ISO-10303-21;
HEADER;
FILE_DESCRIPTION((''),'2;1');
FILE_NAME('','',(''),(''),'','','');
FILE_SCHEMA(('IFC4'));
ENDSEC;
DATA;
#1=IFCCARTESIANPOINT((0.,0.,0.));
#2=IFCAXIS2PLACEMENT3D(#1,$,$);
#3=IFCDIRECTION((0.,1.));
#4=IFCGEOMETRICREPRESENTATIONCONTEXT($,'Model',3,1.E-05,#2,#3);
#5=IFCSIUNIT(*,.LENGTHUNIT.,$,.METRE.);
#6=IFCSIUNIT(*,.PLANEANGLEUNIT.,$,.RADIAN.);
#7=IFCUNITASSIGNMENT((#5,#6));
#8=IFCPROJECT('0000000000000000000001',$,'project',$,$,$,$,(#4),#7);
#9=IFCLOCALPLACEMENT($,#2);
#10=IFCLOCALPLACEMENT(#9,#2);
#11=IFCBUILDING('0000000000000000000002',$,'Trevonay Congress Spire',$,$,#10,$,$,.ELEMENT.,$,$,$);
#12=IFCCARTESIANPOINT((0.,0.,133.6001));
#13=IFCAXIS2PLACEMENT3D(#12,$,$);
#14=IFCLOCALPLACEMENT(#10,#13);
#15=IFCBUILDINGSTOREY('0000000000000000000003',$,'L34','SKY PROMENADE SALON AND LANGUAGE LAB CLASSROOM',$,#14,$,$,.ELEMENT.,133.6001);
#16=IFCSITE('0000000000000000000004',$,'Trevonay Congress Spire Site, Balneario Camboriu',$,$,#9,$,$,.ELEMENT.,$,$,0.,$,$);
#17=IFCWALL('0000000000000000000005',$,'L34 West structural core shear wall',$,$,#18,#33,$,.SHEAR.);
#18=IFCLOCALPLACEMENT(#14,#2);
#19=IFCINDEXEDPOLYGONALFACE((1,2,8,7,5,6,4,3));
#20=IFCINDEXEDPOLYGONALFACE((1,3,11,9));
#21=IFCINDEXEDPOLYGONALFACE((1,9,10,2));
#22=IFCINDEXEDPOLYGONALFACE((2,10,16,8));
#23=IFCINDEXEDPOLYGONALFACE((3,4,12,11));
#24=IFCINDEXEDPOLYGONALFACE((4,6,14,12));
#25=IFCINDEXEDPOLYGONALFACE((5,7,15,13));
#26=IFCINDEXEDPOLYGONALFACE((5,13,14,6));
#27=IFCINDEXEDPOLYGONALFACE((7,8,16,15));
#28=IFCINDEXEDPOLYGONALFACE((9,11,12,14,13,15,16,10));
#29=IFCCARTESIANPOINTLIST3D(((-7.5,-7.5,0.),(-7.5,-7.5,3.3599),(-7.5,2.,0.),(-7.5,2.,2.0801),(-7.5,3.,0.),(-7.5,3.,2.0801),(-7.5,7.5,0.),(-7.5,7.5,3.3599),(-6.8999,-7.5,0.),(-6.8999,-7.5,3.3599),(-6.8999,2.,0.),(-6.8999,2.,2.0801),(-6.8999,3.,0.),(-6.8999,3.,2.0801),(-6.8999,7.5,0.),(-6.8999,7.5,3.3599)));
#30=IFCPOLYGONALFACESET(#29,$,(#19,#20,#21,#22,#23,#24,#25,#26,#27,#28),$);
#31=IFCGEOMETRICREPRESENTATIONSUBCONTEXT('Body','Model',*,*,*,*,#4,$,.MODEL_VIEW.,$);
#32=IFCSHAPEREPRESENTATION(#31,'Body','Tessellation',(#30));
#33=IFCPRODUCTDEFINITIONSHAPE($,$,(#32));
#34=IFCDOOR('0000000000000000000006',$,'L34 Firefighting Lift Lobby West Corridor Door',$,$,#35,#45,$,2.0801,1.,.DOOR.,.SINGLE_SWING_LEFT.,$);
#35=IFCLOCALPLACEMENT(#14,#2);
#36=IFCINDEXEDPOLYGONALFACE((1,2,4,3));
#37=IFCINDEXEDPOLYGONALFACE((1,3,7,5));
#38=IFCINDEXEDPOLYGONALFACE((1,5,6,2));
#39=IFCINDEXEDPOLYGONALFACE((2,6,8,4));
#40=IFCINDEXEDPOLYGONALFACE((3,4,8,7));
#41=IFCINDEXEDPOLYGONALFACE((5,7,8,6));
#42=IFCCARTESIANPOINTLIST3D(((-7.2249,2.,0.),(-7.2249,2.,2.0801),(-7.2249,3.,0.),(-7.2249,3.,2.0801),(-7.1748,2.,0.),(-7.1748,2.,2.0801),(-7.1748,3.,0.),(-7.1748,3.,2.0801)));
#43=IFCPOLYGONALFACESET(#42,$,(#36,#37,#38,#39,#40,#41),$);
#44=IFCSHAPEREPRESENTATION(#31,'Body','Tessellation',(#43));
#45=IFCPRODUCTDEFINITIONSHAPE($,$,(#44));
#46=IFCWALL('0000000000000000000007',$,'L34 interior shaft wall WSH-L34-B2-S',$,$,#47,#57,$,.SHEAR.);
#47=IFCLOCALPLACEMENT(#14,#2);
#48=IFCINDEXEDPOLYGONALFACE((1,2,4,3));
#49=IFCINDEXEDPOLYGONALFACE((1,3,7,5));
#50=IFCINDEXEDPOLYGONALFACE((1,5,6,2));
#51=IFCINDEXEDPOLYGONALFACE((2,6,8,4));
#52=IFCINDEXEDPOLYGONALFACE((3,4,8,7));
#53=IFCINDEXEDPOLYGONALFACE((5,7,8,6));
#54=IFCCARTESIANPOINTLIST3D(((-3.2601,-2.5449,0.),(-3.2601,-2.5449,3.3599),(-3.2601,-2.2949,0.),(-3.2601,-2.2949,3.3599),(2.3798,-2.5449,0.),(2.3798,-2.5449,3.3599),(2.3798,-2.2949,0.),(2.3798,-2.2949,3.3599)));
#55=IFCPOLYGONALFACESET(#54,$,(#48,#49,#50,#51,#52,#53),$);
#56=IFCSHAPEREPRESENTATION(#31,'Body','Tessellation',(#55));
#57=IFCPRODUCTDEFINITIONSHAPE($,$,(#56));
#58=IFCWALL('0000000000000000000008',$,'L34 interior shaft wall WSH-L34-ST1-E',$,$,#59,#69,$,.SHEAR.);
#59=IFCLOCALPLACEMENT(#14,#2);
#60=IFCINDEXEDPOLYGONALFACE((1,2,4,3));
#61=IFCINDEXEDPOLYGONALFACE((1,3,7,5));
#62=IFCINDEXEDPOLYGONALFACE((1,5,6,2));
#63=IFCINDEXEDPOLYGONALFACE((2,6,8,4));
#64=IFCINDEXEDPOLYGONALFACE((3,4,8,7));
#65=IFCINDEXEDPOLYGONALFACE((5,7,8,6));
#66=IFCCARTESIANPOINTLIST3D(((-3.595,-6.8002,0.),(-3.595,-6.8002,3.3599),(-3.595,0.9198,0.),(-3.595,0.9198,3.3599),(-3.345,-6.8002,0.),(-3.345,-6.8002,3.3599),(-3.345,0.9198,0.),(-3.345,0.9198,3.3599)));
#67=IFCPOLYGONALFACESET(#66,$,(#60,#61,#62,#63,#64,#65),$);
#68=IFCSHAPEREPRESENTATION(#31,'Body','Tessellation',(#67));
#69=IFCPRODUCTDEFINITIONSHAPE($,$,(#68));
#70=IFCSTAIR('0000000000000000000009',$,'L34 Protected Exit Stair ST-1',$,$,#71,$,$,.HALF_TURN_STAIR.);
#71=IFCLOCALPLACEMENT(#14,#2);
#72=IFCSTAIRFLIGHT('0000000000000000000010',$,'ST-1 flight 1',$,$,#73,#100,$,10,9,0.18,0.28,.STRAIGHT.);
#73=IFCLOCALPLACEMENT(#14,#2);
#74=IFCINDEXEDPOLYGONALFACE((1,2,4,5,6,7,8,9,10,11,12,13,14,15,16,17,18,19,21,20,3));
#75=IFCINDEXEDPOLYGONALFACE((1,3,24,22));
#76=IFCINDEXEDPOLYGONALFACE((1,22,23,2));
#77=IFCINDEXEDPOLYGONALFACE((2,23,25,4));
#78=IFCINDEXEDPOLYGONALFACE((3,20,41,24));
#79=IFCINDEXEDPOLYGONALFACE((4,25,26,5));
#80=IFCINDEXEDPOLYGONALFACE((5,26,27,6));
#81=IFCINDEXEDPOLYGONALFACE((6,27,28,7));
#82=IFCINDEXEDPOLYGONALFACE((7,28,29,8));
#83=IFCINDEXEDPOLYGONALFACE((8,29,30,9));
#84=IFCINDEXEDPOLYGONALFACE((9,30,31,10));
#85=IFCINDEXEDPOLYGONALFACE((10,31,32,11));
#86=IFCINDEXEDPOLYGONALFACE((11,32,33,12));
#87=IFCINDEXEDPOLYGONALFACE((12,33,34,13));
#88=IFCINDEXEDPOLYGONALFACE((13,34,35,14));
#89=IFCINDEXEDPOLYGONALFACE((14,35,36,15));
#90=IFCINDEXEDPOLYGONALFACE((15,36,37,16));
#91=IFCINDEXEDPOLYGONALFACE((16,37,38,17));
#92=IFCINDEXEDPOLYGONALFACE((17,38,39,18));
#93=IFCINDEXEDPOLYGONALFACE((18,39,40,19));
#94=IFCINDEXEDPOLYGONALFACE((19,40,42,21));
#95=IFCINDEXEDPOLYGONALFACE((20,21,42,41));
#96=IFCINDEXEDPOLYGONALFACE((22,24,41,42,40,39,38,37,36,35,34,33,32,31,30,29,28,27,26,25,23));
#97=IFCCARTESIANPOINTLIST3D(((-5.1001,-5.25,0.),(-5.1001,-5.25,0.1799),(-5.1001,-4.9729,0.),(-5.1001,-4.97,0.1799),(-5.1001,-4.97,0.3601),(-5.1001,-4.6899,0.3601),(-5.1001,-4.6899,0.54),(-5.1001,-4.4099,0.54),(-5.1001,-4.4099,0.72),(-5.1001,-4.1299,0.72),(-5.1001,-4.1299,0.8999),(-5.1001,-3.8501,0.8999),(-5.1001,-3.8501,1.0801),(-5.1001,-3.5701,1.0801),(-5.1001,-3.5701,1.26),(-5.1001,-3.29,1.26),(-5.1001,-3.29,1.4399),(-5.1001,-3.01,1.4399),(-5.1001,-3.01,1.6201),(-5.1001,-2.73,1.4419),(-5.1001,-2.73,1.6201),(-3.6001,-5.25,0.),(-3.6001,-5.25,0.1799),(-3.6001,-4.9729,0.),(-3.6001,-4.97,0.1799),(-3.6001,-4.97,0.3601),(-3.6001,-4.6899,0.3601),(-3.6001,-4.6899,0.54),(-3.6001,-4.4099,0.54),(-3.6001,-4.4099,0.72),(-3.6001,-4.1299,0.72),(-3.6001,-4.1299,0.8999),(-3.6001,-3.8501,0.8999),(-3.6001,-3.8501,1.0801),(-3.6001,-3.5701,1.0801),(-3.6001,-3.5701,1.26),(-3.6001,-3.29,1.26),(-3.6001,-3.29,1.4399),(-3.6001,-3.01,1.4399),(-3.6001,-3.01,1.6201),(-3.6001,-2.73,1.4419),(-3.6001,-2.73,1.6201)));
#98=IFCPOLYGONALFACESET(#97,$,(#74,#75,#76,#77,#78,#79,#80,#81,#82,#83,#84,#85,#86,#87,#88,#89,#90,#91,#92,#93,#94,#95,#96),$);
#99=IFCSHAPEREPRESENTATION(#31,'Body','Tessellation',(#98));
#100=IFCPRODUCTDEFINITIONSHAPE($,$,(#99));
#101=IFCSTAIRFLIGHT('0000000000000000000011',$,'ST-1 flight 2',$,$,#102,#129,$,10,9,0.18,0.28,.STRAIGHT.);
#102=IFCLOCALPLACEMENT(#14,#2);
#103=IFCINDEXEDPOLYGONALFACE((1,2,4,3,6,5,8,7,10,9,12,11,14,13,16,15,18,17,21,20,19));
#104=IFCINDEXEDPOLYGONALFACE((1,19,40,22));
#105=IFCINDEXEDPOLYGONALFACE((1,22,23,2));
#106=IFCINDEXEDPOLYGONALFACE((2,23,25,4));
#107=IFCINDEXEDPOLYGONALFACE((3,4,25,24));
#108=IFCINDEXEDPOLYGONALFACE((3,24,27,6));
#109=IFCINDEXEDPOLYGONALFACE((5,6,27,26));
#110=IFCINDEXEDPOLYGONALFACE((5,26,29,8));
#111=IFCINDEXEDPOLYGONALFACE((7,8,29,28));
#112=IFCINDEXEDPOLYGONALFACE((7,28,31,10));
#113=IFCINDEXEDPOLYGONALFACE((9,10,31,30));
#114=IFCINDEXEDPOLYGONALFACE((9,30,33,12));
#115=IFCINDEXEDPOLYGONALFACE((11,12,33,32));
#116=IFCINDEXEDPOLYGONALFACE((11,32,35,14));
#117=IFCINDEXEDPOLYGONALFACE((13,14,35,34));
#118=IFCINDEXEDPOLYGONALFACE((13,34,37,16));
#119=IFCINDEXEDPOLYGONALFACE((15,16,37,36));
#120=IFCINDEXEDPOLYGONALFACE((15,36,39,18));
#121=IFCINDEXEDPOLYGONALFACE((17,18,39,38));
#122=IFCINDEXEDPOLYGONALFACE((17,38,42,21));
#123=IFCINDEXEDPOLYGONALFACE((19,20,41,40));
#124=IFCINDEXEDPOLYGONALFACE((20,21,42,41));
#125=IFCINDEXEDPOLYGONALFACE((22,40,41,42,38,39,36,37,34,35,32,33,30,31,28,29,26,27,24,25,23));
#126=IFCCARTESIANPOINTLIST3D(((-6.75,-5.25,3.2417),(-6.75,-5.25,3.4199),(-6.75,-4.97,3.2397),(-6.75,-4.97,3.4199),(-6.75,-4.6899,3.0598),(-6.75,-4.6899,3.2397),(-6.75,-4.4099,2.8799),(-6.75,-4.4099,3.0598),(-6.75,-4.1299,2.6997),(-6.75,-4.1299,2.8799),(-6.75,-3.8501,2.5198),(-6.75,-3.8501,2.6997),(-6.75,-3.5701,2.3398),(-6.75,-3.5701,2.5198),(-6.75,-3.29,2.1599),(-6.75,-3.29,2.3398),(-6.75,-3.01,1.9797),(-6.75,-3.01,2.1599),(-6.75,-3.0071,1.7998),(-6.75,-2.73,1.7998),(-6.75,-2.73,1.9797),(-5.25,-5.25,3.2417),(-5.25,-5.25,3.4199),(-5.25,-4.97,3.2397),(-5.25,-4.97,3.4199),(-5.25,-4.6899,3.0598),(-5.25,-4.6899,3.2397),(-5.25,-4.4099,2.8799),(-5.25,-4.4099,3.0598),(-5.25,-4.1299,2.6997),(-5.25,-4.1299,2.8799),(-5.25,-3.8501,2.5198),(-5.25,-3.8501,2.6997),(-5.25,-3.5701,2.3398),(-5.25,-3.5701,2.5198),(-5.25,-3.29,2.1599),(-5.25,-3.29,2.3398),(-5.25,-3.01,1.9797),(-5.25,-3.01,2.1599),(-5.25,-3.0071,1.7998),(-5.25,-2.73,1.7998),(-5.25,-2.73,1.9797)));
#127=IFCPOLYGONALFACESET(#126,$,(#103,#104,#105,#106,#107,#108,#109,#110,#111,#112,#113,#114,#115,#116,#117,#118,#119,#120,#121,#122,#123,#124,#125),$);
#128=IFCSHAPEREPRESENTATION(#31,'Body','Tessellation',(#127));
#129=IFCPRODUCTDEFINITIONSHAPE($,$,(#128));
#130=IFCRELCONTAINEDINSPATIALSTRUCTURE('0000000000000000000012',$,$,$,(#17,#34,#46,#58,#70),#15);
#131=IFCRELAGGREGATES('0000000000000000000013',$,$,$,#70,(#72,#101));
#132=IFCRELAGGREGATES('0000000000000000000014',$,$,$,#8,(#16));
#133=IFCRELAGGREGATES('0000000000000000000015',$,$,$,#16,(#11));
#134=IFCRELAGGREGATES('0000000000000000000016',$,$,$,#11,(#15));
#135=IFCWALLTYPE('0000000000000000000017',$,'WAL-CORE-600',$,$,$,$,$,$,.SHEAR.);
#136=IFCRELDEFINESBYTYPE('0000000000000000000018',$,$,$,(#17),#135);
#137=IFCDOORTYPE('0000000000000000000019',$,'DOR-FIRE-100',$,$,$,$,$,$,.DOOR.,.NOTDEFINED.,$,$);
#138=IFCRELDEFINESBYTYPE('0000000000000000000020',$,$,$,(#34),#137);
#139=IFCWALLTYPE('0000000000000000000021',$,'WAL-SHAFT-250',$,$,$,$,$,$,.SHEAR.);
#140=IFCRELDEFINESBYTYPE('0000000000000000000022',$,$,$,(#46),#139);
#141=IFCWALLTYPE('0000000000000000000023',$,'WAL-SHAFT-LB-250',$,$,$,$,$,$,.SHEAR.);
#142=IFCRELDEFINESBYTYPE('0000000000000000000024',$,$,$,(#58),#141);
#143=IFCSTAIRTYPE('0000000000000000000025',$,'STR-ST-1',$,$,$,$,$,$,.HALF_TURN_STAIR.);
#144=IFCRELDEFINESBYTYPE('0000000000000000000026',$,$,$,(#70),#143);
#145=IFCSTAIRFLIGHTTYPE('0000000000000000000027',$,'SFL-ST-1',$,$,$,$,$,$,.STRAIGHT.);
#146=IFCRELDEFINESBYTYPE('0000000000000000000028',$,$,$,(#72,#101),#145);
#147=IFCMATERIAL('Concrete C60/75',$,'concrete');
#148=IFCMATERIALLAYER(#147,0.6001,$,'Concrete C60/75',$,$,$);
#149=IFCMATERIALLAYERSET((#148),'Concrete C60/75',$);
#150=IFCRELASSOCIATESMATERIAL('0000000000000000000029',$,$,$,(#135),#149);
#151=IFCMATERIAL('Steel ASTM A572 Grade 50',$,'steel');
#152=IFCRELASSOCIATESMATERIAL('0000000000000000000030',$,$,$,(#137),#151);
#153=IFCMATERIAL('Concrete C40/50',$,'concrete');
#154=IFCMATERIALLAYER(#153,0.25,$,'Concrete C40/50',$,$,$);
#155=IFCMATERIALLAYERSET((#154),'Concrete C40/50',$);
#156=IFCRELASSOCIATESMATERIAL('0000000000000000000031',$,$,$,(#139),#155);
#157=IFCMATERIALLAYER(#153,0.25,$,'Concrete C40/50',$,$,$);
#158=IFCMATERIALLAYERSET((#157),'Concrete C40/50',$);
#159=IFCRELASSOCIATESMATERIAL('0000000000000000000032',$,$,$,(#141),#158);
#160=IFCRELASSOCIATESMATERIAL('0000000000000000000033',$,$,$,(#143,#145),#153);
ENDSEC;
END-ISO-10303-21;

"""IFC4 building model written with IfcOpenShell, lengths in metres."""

from ifc_helpers import new_model, si_unit, direction, frame, frame_2d, origin, place, context, subcontext, project, spatial, polyline, rectangle, outline, extrude, material, layer, layer_set, type_object, element, fill, aggregate, save


model = new_model("IFC4")

# Units and contexts
model_context = context("Model", 3, precision=1e-05, world=origin(), true_north=direction((0.0, 1.0)))
body_context = subcontext(model_context, "Body", "Model", "MODEL_VIEW")
ifc_project = project(units=[si_unit("LENGTHUNIT", "METRE"), si_unit("PLANEANGLEUNIT", "RADIAN")], contexts=[model_context])

# Site, building, storey
site_placement = place(None, origin())
site = spatial("IfcSite", under=ifc_project, at=site_placement, Name="Trevonay Congress Spire Site, Balneario Camboriu", CompositionType="ELEMENT", RefElevation=0.0)
building_placement = place(site_placement, origin())
building = spatial("IfcBuilding", under=site, at=building_placement, Name="Trevonay Congress Spire", CompositionType="ELEMENT")
storey_placement = place(building_placement, frame((0.0, 0.0, 133.6001)))
storey = spatial("IfcBuildingStorey", under=building, at=storey_placement, Name="L34", Description="SKY PROMENADE SALON AND LANGUAGE LAB CLASSROOM", CompositionType="ELEMENT", Elevation=133.6001)

# Shared definitions
ifc_material_1 = material(Name="Steel ASTM A572 Grade 50", Category="steel")

# Shared definitions
ifc_material_2 = material(Name="Concrete C40/50", Category="concrete")

# Wall, opening, door
ifc_material_3 = material(Name="Concrete C60/75", Category="concrete")
ifc_layer_1 = layer(ifc_material_3, 0.6001, Name="Concrete C60/75")
ifc_layer_set_1 = layer_set([ifc_layer_1], Name="Concrete C60/75")
wall_type_1 = type_object("IfcWallType", Name="WAL-CORE-600", PredefinedType="SHEAR", material=ifc_layer_set_1)
wall_1_placement = place(storey_placement, frame((-7.2, -7.5, 0.0), z_axis=(0.0, 0.0, 1.0), x_axis=(0.0, 1.0, 0.0)))
wall_1 = element("IfcWall", 1, at=wall_1_placement, inside=storey, type_object=wall_type_1, Name="L34 West structural core shear wall", PredefinedType="SHEAR", context=body_context, shape_type="SweptSolid", body=[
    extrude(rectangle(XDim=15.0, YDim=0.6001, at=frame_2d((7.5, 0.0))), origin(), (0.0, 0.0, 1.0), 3.3599),
])
opening_placement = place(wall_1_placement, frame((9.5, 0.0, 0.0)))
opening = element("IfcOpeningElement", 2, at=opening_placement, cuts=wall_1, PredefinedType="OPENING", context=body_context, shape_type="SweptSolid", body=[
    extrude(rectangle(XDim=1.0, YDim=2.0801, at=frame_2d((0.5, 1.04))), frame((0.0, 0.3101, 0.0), z_axis=(0.0, -1.0, 0.0), x_axis=(1.0, 0.0, 0.0)), (0.0, 0.0, 1.0), 0.6201),
])
door_type = type_object("IfcDoorType", Name="DOR-FIRE-100", OperationType="NOTDEFINED", PredefinedType="DOOR", material=ifc_material_1)
door_placement = place(opening_placement, origin())
door = element("IfcDoor", 3, at=door_placement, inside=storey, type_object=door_type, Name="L34 Firefighting Lift Lobby West Corridor Door", OperationType="SINGLE_SWING_LEFT", OverallHeight=2.0801, OverallWidth=1.0, PredefinedType="DOOR", context=body_context, shape_type="SweptSolid", body=[
    extrude(rectangle(XDim=1.0, YDim=2.0801, at=frame_2d((0.5, 1.04))), frame((0.0, 0.0249, 0.0), z_axis=(0.0, -1.0, 0.0), x_axis=(1.0, 0.0, 0.0)), (0.0, 0.0, 1.0), 0.05),
])
fill(opening, door)

# Walls
ifc_layer_2 = layer(ifc_material_2, 0.25, Name="Concrete C40/50")
ifc_layer_set_2 = layer_set([ifc_layer_2], Name="Concrete C40/50")
wall_type_2 = type_object("IfcWallType", Name="WAL-SHAFT-250", PredefinedType="SHEAR", material=ifc_layer_set_2)
wall_2_placement = place(storey_placement, frame((-3.26, -2.4199, 0.0), z_axis=(0.0, 0.0, 1.0), x_axis=(1.0, 0.0, 0.0)))
element("IfcWall", 4, at=wall_2_placement, inside=storey, type_object=wall_type_2, Name="L34 interior shaft wall WSH-L34-B2-S", PredefinedType="SHEAR", context=body_context, shape_type="SweptSolid", body=[
    extrude(rectangle(XDim=5.6399, YDim=0.25, at=frame_2d((2.8198, 0.0))), origin(), (0.0, 0.0, 1.0), 3.3599),
])
ifc_layer_3 = layer(ifc_material_2, 0.25, Name="Concrete C40/50")
ifc_layer_set_3 = layer_set([ifc_layer_3], Name="Concrete C40/50")
wall_type_3 = type_object("IfcWallType", Name="WAL-SHAFT-LB-250", PredefinedType="SHEAR", material=ifc_layer_set_3)
wall_3_placement = place(storey_placement, frame((-3.47, -6.8, 0.0), z_axis=(0.0, 0.0, 1.0), x_axis=(0.0, 1.0, 0.0)))
element("IfcWall", 5, at=wall_3_placement, inside=storey, type_object=wall_type_3, Name="L34 interior shaft wall WSH-L34-ST1-E", PredefinedType="SHEAR", context=body_context, shape_type="SweptSolid", body=[
    extrude(rectangle(XDim=7.72, YDim=0.25, at=frame_2d((3.8599, 0.0))), origin(), (0.0, 0.0, 1.0), 3.3599),
])

# Stair, stair flights
stair_type = type_object("IfcStairType", Name="STR-ST-1", PredefinedType="HALF_TURN_STAIR", material=ifc_material_2)
stair_placement = place(storey_placement, origin())
stair = element("IfcStair", 6, at=stair_placement, inside=storey, type_object=stair_type, Name="L34 Protected Exit Stair ST-1", PredefinedType="HALF_TURN_STAIR")
stair_flight_type = type_object("IfcStairFlightType", Name="SFL-ST-1", PredefinedType="STRAIGHT", material=ifc_material_2)
stair_flight_1_placement = place(storey_placement, frame((-4.3501, -5.25, 0.0), z_axis=(0.0, 0.0, 1.0), x_axis=(0.0, 1.0, 0.0)))
stair_flight_1 = element("IfcStairFlight", 7, at=stair_flight_1_placement, type_object=stair_flight_type, Name="ST-1 flight 1", NumberOfRisers=10, NumberOfTreads=9, PredefinedType="STRAIGHT", RiserHeight=0.18, TreadLength=0.28, context=body_context, shape_type="SweptSolid", body=[
    extrude(outline(polyline([(0.0, 0.0), (0.0, 0.1799), (0.28, 0.1799), (0.28, 0.3601), (0.5601, 0.3601), (0.5601, 0.54), (0.8401, 0.54), (0.8401, 0.72), (1.1201, 0.72), (1.1201, 0.8999), (1.3999, 0.8999), (1.3999, 1.0801), (1.6799, 1.0801), (1.6799, 1.26), (1.96, 1.26), (1.96, 1.4399), (2.24, 1.4399), (2.24, 1.6201), (2.52, 1.6201), (2.52, 1.8), (2.52, 1.4419), (0.2771, 0.0), (0.0, 0.0)])), frame((0.0, 0.75, 0.0), z_axis=(0.0, -1.0, 0.0), x_axis=(1.0, 0.0, 0.0)), (0.0, 0.0, 1.0), 1.5),
])
stair_flight_2_placement = place(storey_placement, frame((-6.0, -2.73, 1.7998), z_axis=(0.0, 0.0, 1.0), x_axis=(0.0, -1.0, 0.0)))
stair_flight_2 = element("IfcStairFlight", 8, at=stair_flight_2_placement, type_object=stair_flight_type, Name="ST-1 flight 2", NumberOfRisers=10, NumberOfTreads=9, PredefinedType="STRAIGHT", RiserHeight=0.18, TreadLength=0.28, context=body_context, shape_type="SweptSolid", body=[
    extrude(outline(polyline([(0.0, 0.0), (0.0, 0.1799), (0.28, 0.1799), (0.28, 0.3601), (0.5601, 0.3601), (0.5601, 0.54), (0.8401, 0.54), (0.8401, 0.72), (1.1201, 0.72), (1.1201, 0.8999), (1.3999, 0.8999), (1.3999, 1.0801), (1.6799, 1.0801), (1.6799, 1.26), (1.96, 1.26), (1.96, 1.4399), (2.24, 1.4399), (2.24, 1.6201), (2.52, 1.6201), (2.52, 1.8), (2.52, 1.4419), (0.2771, 0.0), (0.0, 0.0)])), frame((0.0, 0.75, 0.0), z_axis=(0.0, -1.0, 0.0), x_axis=(1.0, 0.0, 0.0)), (0.0, 0.0, 1.0), 1.5),
])
aggregate(stair, [stair_flight_1, stair_flight_2])

save(model, "model.ifc")
